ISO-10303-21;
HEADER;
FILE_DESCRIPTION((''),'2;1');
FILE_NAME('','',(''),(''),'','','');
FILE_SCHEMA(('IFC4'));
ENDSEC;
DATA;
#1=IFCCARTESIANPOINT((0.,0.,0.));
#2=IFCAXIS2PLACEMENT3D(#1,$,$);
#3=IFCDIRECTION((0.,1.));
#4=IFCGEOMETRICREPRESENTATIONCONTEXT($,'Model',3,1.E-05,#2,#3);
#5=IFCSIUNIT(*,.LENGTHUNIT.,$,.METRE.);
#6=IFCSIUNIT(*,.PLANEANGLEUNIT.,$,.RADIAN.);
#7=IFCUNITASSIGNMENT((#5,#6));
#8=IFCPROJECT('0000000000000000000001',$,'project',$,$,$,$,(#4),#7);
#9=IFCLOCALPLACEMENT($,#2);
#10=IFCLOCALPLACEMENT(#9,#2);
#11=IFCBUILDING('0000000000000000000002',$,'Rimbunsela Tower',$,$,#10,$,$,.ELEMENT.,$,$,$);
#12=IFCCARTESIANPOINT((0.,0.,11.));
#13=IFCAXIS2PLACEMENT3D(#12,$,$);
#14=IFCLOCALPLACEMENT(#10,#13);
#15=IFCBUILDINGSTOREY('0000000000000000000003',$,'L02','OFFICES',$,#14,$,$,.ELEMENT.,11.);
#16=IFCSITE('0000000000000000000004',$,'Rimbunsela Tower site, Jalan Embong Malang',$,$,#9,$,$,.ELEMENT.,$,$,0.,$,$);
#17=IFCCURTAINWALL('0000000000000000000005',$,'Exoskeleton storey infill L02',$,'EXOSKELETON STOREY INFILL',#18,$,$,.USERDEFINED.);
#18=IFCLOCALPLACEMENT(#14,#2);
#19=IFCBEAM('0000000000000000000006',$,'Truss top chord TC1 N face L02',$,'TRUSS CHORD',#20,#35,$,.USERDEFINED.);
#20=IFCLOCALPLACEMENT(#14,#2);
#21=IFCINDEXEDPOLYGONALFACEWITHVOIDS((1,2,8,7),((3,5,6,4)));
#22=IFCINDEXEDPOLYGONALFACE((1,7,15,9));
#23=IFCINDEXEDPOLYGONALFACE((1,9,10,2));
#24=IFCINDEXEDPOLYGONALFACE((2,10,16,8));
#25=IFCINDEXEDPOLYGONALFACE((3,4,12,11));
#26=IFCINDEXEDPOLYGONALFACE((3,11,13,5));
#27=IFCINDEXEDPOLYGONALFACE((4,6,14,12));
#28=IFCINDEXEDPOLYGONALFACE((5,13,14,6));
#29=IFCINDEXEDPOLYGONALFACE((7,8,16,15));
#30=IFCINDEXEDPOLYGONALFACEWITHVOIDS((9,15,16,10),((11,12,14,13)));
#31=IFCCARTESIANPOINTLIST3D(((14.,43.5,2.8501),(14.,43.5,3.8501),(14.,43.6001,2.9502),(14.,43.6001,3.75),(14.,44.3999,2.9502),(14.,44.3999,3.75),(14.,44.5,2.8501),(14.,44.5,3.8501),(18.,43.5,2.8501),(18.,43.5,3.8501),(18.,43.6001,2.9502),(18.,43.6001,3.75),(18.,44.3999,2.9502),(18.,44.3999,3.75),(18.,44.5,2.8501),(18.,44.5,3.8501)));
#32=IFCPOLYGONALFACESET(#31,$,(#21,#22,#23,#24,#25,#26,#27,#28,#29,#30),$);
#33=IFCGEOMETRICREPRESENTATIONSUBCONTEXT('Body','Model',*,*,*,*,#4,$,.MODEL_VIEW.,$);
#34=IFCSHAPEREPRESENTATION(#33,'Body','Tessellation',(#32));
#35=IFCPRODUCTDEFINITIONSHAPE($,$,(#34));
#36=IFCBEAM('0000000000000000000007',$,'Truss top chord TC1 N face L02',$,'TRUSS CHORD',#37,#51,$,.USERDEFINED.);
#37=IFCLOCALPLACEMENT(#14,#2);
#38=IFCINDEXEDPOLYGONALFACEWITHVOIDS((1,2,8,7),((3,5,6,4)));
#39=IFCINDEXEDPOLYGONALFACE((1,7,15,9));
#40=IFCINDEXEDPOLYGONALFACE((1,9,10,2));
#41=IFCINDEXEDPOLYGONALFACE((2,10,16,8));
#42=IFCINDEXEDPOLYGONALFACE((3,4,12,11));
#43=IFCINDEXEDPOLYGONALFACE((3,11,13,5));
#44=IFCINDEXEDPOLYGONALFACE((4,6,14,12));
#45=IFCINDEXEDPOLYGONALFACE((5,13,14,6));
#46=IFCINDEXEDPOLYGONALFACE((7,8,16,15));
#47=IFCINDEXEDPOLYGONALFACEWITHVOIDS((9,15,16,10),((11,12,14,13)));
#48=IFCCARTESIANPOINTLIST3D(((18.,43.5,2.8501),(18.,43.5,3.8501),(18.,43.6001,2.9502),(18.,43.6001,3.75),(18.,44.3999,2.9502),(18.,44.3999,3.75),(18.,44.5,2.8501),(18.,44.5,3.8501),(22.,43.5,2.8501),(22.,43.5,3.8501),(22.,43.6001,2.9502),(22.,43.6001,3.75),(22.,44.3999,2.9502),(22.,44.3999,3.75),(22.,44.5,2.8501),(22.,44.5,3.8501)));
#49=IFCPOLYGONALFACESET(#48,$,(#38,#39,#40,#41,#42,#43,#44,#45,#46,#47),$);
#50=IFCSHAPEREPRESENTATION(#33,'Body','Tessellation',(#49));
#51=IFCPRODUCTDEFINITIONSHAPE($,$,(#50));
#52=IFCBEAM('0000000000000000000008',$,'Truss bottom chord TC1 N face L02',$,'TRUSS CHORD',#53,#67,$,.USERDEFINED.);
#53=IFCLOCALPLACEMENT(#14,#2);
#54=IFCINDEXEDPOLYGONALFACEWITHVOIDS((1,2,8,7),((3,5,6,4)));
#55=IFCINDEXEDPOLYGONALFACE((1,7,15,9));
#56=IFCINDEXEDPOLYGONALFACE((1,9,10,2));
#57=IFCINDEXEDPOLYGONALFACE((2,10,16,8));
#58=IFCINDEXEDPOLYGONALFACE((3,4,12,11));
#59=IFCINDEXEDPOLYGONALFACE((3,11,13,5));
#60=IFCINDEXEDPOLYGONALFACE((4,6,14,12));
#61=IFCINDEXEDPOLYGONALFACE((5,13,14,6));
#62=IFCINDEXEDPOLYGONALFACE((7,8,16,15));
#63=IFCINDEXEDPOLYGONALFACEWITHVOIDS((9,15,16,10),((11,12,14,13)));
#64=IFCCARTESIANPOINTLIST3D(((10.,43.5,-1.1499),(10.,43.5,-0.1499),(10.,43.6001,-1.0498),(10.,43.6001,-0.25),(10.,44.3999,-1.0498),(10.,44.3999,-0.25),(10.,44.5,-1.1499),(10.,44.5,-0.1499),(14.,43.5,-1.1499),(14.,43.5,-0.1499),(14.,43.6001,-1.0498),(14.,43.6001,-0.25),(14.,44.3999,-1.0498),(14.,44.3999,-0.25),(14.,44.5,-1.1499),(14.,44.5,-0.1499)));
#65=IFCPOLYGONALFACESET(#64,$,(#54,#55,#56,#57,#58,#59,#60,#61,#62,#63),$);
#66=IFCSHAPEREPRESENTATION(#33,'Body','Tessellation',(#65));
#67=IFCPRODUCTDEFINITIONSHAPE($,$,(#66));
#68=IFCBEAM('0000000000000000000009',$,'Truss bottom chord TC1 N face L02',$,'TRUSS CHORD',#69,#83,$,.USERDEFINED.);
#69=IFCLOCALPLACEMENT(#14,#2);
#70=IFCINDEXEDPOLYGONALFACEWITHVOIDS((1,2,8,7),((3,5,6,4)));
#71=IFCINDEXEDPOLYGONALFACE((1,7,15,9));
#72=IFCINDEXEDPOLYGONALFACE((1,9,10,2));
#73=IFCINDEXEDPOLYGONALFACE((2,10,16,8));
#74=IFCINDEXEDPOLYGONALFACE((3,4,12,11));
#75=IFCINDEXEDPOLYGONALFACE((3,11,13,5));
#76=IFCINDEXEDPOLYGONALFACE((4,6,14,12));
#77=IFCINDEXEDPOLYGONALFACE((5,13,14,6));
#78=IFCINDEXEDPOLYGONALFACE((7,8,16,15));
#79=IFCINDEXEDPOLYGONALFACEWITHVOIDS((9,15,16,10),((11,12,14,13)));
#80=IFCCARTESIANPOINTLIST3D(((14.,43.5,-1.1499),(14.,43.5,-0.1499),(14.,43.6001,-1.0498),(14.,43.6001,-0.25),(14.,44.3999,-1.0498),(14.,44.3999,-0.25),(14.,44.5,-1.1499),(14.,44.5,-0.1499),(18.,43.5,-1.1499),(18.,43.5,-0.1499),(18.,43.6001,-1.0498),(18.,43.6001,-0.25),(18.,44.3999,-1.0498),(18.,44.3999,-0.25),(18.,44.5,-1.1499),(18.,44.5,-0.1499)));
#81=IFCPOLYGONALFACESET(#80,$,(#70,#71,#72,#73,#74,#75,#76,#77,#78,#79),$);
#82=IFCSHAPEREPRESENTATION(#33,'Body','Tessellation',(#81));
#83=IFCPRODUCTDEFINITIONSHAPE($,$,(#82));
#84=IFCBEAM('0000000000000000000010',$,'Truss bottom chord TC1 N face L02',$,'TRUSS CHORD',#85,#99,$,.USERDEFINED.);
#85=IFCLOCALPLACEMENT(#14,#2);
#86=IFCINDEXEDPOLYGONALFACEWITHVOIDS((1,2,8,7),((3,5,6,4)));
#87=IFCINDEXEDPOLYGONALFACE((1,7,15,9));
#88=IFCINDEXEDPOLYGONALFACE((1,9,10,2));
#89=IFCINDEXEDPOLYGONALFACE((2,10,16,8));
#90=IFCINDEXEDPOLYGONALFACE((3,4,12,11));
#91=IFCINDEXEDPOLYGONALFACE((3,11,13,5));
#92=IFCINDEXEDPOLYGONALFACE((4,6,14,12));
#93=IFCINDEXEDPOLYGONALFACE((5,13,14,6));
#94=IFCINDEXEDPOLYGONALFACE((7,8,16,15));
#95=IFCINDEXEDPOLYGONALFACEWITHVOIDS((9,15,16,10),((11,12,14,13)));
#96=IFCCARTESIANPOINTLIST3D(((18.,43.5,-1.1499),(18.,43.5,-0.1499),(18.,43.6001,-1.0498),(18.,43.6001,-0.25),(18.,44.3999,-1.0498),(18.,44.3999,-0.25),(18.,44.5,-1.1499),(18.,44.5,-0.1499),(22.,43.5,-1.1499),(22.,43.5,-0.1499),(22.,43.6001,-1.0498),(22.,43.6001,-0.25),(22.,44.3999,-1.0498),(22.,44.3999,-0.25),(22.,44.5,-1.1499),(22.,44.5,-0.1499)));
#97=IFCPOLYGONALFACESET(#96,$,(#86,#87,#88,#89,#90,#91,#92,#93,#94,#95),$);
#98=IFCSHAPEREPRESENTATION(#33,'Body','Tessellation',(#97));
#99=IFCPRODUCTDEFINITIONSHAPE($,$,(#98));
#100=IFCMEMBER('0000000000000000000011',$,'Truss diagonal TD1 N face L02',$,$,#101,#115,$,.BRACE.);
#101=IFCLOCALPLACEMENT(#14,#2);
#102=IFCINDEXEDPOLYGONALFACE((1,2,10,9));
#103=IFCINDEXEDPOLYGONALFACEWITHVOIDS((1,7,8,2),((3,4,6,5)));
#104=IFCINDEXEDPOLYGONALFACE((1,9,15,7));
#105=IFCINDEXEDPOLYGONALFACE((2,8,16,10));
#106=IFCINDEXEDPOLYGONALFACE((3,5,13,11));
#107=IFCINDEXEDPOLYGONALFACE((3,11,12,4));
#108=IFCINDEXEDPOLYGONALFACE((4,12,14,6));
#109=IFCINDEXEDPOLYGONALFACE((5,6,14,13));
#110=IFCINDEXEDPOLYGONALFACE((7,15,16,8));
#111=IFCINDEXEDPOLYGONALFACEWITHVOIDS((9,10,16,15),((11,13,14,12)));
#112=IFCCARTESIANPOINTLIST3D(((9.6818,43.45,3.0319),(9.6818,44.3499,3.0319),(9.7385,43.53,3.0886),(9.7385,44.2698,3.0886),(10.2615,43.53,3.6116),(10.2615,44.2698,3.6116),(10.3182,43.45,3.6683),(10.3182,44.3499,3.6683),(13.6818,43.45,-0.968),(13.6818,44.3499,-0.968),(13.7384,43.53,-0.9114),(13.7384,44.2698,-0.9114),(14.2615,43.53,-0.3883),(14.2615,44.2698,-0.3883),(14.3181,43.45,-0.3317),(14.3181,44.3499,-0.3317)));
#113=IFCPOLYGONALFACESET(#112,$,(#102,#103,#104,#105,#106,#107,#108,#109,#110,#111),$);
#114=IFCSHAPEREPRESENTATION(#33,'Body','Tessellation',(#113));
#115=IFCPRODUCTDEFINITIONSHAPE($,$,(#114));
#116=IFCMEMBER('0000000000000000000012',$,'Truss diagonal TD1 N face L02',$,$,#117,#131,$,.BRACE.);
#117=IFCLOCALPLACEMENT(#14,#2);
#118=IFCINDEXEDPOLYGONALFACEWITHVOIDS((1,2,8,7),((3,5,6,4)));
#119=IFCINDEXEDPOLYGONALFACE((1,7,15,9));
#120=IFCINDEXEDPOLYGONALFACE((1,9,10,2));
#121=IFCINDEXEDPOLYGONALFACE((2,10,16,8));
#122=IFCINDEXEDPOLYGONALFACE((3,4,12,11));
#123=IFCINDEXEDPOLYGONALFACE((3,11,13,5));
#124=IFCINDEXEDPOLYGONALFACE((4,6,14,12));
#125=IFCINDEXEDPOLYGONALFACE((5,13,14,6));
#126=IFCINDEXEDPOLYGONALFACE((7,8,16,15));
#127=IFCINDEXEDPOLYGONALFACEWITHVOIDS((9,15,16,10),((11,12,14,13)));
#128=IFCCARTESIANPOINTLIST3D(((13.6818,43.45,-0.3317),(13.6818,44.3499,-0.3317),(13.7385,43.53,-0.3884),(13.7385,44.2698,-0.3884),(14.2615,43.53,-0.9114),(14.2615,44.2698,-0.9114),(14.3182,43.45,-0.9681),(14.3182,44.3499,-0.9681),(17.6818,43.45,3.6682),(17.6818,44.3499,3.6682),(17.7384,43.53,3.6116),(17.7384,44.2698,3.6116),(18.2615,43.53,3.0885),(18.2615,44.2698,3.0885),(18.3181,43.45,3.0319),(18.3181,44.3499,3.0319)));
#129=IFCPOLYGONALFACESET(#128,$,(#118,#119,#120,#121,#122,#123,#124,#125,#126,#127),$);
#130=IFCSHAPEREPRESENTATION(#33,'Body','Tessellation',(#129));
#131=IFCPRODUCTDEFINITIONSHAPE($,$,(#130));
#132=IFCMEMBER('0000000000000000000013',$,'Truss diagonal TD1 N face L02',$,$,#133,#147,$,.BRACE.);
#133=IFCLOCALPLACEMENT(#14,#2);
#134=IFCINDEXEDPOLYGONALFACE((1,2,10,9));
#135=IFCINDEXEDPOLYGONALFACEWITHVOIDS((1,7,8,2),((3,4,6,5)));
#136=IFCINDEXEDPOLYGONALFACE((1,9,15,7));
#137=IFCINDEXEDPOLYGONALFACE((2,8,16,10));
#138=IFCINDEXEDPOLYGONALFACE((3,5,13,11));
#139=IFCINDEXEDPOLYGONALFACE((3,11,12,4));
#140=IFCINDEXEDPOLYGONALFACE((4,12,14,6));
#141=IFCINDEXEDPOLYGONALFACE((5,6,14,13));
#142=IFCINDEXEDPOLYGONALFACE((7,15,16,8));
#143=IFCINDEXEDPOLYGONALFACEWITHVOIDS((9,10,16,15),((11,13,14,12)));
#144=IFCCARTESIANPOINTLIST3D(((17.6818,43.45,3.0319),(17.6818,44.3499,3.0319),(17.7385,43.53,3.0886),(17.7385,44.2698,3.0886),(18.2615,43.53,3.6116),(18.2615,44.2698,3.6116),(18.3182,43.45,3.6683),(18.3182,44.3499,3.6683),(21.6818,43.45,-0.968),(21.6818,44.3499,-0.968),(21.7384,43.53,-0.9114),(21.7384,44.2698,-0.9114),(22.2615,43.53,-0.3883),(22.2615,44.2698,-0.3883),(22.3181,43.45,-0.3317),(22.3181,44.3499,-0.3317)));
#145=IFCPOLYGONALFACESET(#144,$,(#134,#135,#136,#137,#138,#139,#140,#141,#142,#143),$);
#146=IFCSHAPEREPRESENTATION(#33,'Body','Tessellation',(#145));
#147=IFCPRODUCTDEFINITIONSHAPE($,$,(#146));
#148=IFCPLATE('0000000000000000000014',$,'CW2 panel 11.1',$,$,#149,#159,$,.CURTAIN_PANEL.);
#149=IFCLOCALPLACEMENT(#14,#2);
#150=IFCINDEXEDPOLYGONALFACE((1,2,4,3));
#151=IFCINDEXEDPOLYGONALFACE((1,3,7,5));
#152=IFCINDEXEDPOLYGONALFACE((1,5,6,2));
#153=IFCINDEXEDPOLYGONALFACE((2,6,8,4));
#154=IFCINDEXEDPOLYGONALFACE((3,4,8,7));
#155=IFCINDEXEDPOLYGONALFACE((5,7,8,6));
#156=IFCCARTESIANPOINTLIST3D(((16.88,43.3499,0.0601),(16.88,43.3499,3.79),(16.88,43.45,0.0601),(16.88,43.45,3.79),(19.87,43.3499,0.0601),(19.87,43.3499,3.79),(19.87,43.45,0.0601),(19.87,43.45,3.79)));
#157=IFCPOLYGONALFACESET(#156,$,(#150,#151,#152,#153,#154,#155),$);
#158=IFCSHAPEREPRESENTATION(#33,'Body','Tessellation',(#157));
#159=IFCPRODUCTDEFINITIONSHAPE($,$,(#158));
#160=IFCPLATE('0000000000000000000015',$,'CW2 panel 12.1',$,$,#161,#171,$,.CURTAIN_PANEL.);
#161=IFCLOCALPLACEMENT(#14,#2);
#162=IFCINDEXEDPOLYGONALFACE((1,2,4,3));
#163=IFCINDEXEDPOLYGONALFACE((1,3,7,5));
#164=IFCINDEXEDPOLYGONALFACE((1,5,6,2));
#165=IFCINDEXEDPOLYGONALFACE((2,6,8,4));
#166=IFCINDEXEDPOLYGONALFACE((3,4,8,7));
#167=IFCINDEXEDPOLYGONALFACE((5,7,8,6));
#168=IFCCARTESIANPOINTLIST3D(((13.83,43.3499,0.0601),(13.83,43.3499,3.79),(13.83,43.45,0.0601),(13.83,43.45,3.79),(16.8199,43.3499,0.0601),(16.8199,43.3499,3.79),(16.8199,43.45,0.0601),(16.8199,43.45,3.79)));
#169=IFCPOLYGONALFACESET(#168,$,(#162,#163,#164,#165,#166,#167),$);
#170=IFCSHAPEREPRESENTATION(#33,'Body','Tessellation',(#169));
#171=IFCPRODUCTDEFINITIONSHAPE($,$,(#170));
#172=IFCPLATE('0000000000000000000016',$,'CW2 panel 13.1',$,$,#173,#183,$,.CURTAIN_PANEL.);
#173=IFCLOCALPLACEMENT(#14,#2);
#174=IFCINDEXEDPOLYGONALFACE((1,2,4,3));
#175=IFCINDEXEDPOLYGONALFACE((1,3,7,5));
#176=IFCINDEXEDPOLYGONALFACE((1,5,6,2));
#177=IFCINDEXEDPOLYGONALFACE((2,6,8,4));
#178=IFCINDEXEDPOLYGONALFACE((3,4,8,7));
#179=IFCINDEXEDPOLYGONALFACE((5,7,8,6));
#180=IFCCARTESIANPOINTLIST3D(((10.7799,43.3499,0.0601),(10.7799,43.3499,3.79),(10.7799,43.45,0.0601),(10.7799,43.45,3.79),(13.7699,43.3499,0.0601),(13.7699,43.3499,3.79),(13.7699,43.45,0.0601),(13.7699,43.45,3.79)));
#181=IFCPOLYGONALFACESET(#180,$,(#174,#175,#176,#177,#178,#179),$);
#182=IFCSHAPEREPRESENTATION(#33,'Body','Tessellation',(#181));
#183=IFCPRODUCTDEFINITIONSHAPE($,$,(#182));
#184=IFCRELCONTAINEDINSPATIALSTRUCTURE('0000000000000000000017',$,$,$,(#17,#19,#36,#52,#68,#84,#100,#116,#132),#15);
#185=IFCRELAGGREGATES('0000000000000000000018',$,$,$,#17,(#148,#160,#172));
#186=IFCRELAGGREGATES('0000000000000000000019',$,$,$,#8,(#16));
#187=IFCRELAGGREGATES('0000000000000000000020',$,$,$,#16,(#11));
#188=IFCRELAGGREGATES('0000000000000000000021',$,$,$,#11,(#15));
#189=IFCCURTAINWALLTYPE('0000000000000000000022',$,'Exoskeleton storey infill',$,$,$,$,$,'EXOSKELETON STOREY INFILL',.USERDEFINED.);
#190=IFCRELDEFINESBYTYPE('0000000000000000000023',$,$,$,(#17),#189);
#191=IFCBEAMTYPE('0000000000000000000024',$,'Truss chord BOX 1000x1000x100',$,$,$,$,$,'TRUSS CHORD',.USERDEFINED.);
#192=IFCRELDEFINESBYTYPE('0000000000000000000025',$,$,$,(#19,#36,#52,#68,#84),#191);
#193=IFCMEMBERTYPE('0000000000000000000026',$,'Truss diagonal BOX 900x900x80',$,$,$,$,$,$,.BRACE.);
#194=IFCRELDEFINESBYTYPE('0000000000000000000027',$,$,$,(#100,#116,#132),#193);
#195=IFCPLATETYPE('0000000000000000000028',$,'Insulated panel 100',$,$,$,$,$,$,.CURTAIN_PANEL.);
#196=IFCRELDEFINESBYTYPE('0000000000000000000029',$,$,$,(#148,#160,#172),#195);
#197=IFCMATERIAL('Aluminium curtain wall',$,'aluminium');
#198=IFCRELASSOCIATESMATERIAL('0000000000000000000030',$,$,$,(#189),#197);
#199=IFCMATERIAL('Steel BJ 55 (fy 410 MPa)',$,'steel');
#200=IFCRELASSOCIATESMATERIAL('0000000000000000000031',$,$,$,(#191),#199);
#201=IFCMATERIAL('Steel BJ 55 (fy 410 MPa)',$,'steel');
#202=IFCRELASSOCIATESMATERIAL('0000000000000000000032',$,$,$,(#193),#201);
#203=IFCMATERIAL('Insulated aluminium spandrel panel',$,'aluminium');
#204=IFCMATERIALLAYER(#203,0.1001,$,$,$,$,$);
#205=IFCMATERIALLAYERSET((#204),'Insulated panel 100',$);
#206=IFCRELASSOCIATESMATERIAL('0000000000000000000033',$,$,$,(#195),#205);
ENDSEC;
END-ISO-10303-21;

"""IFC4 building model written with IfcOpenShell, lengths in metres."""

from ifc_helpers import new_model, si_unit, direction, frame, origin, origin_2d, place, context, subcontext, project, spatial, rectangle, hollow_rectangle, extrude, material, layer, layer_set, material_profile, profile_set, type_object, element, aggregate, save


model = new_model("IFC4")

# Units and contexts
model_context = context("Model", 3, precision=1e-05, world=origin(), true_north=direction((0.0, 1.0)))
body_context = subcontext(model_context, "Body", "Model", "MODEL_VIEW")
ifc_project = project(units=[si_unit("LENGTHUNIT", "METRE"), si_unit("PLANEANGLEUNIT", "RADIAN")], contexts=[model_context])

# Site, building, storey
site_placement = place(None, origin())
site = spatial("IfcSite", under=ifc_project, at=site_placement, Name="Rimbunsela Tower site, Jalan Embong Malang", CompositionType="ELEMENT", RefElevation=0.0)
building_placement = place(site_placement, origin())
building = spatial("IfcBuilding", under=site, at=building_placement, Name="Rimbunsela Tower", CompositionType="ELEMENT")
storey_placement = place(building_placement, frame((0.0, 0.0, 11.0)))
storey = spatial("IfcBuildingStorey", under=building, at=storey_placement, Name="L02", Description="OFFICES", CompositionType="ELEMENT", Elevation=11.0)

# Curtain wall
ifc_material_1 = material(Name="Aluminium curtain wall", Category="aluminium")
curtain_wall_type = type_object("IfcCurtainWallType", Name="Exoskeleton storey infill", ElementType="EXOSKELETON STOREY INFILL", PredefinedType="USERDEFINED", material=ifc_material_1)
curtain_wall_placement = place(storey_placement, origin())
curtain_wall = element("IfcCurtainWall", 1, at=curtain_wall_placement, inside=storey, type_object=curtain_wall_type, Name="Exoskeleton storey infill L02", ObjectType="EXOSKELETON STOREY INFILL", PredefinedType="USERDEFINED")

# Beams
ifc_material_2 = material(Name="Steel BJ 55 (fy 410 MPa)", Category="steel")
ifc_material_profile_1 = material_profile(ifc_material_2, hollow_rectangle(XDim=1.0, YDim=1.0, WallThickness=0.1001, at=origin_2d()), Name="BOX 1000x1000x100")
ifc_profile_set_1 = profile_set([ifc_material_profile_1], Name="Steel BJ 55 (fy 410 MPa)")
beam_type = type_object("IfcBeamType", Name="Truss chord BOX 1000x1000x100", ElementType="TRUSS CHORD", PredefinedType="USERDEFINED", material=ifc_profile_set_1)
for number, where, z_axis, x_axis, name in (
    (2, (14.0, 44.0, 3.3501), (1.0, 0.0, 0.0), (0.0, 1.0, 0.0), "Truss top chord TC1 N face L02"),
    (3, (18.0, 44.0, 3.3501), (1.0, 0.0, 0.0), (0.0, 1.0, 0.0), "Truss top chord TC1 N face L02"),
    (4, (10.0, 44.0, -0.6499), (1.0, 0.0, 0.0), (0.0, 1.0, 0.0), "Truss bottom chord TC1 N face L02"),
    (5, (14.0, 44.0, -0.6499), (1.0, 0.0, 0.0), (0.0, 1.0, 0.0), "Truss bottom chord TC1 N face L02"),
    (6, (18.0, 44.0, -0.6499), (1.0, 0.0, 0.0), (0.0, 1.0, 0.0), "Truss bottom chord TC1 N face L02"),
):
    element("IfcBeam", number, at=place(storey_placement, frame(where, z_axis=z_axis, x_axis=x_axis)), inside=storey, type_object=beam_type, Name=name, ObjectType="TRUSS CHORD", PredefinedType="USERDEFINED", context=body_context, shape_type="SweptSolid", body=[
        extrude(hollow_rectangle(XDim=1.0, YDim=1.0, WallThickness=0.1001, at=origin_2d()), origin(), (0.0, 0.0, 1.0), 4.0),
    ])

# Members
ifc_material_3 = material(Name="Steel BJ 55 (fy 410 MPa)", Category="steel")
ifc_material_profile_2 = material_profile(ifc_material_3, hollow_rectangle(XDim=0.8999, YDim=0.8999, WallThickness=0.0801, at=origin_2d()), Name="BOX 900x900x80")
ifc_profile_set_2 = profile_set([ifc_material_profile_2], Name="Steel BJ 55 (fy 410 MPa)")
member_type_1 = type_object("IfcMemberType", Name="Truss diagonal BOX 900x900x80", PredefinedType="BRACE", material=ifc_profile_set_2)
for number, where, z_axis, x_axis, name in (
    (7, (10.0, 43.8999, 3.3501), (0.707107, 0.0, -0.707107), (0.0, 1.0, 0.0), "Truss diagonal TD1 N face L02"),
    (8, (14.0, 43.8999, -0.6499), (0.707107, 0.0, 0.707107), (0.0, 1.0, 0.0), "Truss diagonal TD1 N face L02"),
    (9, (18.0, 43.8999, 3.3501), (0.707107, 0.0, -0.707107), (0.0, 1.0, 0.0), "Truss diagonal TD1 N face L02"),
):
    element("IfcMember", number, at=place(storey_placement, frame(where, z_axis=z_axis, x_axis=x_axis)), inside=storey, type_object=member_type_1, Name=name, PredefinedType="BRACE", context=body_context, shape_type="SweptSolid", body=[
        extrude(hollow_rectangle(XDim=0.8999, YDim=0.8999, WallThickness=0.0801, at=origin_2d()), origin(), (0.0, 0.0, 1.0), 5.6567),
    ])

# Plates
ifc_material_4 = material(Name="Insulated aluminium spandrel panel", Category="aluminium")
ifc_layer = layer(ifc_material_4, 0.1001)
ifc_layer_set = layer_set([ifc_layer], Name="Insulated panel 100")
plate_type = type_object("IfcPlateType", Name="Insulated panel 100", PredefinedType="CURTAIN_PANEL", material=ifc_layer_set)
plate_1_placement = place(storey_placement, frame((18.375, 43.3999, 0.0601), z_axis=(0.0, 0.0, 1.0), x_axis=(-1.0, 0.0, 0.0)))
plate_1 = element("IfcPlate", 10, at=plate_1_placement, type_object=plate_type, Name="CW2 panel 11.1", PredefinedType="CURTAIN_PANEL", context=body_context, shape_type="SweptSolid", body=[
    extrude(rectangle(XDim=2.99, YDim=0.1001, at=origin_2d()), origin(), (0.0, 0.0, 1.0), 3.73),
])
plate_2_placement = place(storey_placement, frame((15.325, 43.3999, 0.0601), z_axis=(0.0, 0.0, 1.0), x_axis=(-1.0, 0.0, 0.0)))
plate_2 = element("IfcPlate", 11, at=plate_2_placement, type_object=plate_type, Name="CW2 panel 12.1", PredefinedType="CURTAIN_PANEL", context=body_context, shape_type="SweptSolid", body=[
    extrude(rectangle(XDim=2.99, YDim=0.1001, at=origin_2d()), origin(), (0.0, 0.0, 1.0), 3.73),
])
plate_3_placement = place(storey_placement, frame((12.2749, 43.3999, 0.0601), z_axis=(0.0, 0.0, 1.0), x_axis=(-1.0, 0.0, 0.0)))
plate_3 = element("IfcPlate", 12, at=plate_3_placement, type_object=plate_type, Name="CW2 panel 13.1", PredefinedType="CURTAIN_PANEL", context=body_context, shape_type="SweptSolid", body=[
    extrude(rectangle(XDim=2.99, YDim=0.1001, at=origin_2d()), origin(), (0.0, 0.0, 1.0), 3.73),
])
aggregate(curtain_wall, [plate_1, plate_2, plate_3])

save(model, "model.ifc")
